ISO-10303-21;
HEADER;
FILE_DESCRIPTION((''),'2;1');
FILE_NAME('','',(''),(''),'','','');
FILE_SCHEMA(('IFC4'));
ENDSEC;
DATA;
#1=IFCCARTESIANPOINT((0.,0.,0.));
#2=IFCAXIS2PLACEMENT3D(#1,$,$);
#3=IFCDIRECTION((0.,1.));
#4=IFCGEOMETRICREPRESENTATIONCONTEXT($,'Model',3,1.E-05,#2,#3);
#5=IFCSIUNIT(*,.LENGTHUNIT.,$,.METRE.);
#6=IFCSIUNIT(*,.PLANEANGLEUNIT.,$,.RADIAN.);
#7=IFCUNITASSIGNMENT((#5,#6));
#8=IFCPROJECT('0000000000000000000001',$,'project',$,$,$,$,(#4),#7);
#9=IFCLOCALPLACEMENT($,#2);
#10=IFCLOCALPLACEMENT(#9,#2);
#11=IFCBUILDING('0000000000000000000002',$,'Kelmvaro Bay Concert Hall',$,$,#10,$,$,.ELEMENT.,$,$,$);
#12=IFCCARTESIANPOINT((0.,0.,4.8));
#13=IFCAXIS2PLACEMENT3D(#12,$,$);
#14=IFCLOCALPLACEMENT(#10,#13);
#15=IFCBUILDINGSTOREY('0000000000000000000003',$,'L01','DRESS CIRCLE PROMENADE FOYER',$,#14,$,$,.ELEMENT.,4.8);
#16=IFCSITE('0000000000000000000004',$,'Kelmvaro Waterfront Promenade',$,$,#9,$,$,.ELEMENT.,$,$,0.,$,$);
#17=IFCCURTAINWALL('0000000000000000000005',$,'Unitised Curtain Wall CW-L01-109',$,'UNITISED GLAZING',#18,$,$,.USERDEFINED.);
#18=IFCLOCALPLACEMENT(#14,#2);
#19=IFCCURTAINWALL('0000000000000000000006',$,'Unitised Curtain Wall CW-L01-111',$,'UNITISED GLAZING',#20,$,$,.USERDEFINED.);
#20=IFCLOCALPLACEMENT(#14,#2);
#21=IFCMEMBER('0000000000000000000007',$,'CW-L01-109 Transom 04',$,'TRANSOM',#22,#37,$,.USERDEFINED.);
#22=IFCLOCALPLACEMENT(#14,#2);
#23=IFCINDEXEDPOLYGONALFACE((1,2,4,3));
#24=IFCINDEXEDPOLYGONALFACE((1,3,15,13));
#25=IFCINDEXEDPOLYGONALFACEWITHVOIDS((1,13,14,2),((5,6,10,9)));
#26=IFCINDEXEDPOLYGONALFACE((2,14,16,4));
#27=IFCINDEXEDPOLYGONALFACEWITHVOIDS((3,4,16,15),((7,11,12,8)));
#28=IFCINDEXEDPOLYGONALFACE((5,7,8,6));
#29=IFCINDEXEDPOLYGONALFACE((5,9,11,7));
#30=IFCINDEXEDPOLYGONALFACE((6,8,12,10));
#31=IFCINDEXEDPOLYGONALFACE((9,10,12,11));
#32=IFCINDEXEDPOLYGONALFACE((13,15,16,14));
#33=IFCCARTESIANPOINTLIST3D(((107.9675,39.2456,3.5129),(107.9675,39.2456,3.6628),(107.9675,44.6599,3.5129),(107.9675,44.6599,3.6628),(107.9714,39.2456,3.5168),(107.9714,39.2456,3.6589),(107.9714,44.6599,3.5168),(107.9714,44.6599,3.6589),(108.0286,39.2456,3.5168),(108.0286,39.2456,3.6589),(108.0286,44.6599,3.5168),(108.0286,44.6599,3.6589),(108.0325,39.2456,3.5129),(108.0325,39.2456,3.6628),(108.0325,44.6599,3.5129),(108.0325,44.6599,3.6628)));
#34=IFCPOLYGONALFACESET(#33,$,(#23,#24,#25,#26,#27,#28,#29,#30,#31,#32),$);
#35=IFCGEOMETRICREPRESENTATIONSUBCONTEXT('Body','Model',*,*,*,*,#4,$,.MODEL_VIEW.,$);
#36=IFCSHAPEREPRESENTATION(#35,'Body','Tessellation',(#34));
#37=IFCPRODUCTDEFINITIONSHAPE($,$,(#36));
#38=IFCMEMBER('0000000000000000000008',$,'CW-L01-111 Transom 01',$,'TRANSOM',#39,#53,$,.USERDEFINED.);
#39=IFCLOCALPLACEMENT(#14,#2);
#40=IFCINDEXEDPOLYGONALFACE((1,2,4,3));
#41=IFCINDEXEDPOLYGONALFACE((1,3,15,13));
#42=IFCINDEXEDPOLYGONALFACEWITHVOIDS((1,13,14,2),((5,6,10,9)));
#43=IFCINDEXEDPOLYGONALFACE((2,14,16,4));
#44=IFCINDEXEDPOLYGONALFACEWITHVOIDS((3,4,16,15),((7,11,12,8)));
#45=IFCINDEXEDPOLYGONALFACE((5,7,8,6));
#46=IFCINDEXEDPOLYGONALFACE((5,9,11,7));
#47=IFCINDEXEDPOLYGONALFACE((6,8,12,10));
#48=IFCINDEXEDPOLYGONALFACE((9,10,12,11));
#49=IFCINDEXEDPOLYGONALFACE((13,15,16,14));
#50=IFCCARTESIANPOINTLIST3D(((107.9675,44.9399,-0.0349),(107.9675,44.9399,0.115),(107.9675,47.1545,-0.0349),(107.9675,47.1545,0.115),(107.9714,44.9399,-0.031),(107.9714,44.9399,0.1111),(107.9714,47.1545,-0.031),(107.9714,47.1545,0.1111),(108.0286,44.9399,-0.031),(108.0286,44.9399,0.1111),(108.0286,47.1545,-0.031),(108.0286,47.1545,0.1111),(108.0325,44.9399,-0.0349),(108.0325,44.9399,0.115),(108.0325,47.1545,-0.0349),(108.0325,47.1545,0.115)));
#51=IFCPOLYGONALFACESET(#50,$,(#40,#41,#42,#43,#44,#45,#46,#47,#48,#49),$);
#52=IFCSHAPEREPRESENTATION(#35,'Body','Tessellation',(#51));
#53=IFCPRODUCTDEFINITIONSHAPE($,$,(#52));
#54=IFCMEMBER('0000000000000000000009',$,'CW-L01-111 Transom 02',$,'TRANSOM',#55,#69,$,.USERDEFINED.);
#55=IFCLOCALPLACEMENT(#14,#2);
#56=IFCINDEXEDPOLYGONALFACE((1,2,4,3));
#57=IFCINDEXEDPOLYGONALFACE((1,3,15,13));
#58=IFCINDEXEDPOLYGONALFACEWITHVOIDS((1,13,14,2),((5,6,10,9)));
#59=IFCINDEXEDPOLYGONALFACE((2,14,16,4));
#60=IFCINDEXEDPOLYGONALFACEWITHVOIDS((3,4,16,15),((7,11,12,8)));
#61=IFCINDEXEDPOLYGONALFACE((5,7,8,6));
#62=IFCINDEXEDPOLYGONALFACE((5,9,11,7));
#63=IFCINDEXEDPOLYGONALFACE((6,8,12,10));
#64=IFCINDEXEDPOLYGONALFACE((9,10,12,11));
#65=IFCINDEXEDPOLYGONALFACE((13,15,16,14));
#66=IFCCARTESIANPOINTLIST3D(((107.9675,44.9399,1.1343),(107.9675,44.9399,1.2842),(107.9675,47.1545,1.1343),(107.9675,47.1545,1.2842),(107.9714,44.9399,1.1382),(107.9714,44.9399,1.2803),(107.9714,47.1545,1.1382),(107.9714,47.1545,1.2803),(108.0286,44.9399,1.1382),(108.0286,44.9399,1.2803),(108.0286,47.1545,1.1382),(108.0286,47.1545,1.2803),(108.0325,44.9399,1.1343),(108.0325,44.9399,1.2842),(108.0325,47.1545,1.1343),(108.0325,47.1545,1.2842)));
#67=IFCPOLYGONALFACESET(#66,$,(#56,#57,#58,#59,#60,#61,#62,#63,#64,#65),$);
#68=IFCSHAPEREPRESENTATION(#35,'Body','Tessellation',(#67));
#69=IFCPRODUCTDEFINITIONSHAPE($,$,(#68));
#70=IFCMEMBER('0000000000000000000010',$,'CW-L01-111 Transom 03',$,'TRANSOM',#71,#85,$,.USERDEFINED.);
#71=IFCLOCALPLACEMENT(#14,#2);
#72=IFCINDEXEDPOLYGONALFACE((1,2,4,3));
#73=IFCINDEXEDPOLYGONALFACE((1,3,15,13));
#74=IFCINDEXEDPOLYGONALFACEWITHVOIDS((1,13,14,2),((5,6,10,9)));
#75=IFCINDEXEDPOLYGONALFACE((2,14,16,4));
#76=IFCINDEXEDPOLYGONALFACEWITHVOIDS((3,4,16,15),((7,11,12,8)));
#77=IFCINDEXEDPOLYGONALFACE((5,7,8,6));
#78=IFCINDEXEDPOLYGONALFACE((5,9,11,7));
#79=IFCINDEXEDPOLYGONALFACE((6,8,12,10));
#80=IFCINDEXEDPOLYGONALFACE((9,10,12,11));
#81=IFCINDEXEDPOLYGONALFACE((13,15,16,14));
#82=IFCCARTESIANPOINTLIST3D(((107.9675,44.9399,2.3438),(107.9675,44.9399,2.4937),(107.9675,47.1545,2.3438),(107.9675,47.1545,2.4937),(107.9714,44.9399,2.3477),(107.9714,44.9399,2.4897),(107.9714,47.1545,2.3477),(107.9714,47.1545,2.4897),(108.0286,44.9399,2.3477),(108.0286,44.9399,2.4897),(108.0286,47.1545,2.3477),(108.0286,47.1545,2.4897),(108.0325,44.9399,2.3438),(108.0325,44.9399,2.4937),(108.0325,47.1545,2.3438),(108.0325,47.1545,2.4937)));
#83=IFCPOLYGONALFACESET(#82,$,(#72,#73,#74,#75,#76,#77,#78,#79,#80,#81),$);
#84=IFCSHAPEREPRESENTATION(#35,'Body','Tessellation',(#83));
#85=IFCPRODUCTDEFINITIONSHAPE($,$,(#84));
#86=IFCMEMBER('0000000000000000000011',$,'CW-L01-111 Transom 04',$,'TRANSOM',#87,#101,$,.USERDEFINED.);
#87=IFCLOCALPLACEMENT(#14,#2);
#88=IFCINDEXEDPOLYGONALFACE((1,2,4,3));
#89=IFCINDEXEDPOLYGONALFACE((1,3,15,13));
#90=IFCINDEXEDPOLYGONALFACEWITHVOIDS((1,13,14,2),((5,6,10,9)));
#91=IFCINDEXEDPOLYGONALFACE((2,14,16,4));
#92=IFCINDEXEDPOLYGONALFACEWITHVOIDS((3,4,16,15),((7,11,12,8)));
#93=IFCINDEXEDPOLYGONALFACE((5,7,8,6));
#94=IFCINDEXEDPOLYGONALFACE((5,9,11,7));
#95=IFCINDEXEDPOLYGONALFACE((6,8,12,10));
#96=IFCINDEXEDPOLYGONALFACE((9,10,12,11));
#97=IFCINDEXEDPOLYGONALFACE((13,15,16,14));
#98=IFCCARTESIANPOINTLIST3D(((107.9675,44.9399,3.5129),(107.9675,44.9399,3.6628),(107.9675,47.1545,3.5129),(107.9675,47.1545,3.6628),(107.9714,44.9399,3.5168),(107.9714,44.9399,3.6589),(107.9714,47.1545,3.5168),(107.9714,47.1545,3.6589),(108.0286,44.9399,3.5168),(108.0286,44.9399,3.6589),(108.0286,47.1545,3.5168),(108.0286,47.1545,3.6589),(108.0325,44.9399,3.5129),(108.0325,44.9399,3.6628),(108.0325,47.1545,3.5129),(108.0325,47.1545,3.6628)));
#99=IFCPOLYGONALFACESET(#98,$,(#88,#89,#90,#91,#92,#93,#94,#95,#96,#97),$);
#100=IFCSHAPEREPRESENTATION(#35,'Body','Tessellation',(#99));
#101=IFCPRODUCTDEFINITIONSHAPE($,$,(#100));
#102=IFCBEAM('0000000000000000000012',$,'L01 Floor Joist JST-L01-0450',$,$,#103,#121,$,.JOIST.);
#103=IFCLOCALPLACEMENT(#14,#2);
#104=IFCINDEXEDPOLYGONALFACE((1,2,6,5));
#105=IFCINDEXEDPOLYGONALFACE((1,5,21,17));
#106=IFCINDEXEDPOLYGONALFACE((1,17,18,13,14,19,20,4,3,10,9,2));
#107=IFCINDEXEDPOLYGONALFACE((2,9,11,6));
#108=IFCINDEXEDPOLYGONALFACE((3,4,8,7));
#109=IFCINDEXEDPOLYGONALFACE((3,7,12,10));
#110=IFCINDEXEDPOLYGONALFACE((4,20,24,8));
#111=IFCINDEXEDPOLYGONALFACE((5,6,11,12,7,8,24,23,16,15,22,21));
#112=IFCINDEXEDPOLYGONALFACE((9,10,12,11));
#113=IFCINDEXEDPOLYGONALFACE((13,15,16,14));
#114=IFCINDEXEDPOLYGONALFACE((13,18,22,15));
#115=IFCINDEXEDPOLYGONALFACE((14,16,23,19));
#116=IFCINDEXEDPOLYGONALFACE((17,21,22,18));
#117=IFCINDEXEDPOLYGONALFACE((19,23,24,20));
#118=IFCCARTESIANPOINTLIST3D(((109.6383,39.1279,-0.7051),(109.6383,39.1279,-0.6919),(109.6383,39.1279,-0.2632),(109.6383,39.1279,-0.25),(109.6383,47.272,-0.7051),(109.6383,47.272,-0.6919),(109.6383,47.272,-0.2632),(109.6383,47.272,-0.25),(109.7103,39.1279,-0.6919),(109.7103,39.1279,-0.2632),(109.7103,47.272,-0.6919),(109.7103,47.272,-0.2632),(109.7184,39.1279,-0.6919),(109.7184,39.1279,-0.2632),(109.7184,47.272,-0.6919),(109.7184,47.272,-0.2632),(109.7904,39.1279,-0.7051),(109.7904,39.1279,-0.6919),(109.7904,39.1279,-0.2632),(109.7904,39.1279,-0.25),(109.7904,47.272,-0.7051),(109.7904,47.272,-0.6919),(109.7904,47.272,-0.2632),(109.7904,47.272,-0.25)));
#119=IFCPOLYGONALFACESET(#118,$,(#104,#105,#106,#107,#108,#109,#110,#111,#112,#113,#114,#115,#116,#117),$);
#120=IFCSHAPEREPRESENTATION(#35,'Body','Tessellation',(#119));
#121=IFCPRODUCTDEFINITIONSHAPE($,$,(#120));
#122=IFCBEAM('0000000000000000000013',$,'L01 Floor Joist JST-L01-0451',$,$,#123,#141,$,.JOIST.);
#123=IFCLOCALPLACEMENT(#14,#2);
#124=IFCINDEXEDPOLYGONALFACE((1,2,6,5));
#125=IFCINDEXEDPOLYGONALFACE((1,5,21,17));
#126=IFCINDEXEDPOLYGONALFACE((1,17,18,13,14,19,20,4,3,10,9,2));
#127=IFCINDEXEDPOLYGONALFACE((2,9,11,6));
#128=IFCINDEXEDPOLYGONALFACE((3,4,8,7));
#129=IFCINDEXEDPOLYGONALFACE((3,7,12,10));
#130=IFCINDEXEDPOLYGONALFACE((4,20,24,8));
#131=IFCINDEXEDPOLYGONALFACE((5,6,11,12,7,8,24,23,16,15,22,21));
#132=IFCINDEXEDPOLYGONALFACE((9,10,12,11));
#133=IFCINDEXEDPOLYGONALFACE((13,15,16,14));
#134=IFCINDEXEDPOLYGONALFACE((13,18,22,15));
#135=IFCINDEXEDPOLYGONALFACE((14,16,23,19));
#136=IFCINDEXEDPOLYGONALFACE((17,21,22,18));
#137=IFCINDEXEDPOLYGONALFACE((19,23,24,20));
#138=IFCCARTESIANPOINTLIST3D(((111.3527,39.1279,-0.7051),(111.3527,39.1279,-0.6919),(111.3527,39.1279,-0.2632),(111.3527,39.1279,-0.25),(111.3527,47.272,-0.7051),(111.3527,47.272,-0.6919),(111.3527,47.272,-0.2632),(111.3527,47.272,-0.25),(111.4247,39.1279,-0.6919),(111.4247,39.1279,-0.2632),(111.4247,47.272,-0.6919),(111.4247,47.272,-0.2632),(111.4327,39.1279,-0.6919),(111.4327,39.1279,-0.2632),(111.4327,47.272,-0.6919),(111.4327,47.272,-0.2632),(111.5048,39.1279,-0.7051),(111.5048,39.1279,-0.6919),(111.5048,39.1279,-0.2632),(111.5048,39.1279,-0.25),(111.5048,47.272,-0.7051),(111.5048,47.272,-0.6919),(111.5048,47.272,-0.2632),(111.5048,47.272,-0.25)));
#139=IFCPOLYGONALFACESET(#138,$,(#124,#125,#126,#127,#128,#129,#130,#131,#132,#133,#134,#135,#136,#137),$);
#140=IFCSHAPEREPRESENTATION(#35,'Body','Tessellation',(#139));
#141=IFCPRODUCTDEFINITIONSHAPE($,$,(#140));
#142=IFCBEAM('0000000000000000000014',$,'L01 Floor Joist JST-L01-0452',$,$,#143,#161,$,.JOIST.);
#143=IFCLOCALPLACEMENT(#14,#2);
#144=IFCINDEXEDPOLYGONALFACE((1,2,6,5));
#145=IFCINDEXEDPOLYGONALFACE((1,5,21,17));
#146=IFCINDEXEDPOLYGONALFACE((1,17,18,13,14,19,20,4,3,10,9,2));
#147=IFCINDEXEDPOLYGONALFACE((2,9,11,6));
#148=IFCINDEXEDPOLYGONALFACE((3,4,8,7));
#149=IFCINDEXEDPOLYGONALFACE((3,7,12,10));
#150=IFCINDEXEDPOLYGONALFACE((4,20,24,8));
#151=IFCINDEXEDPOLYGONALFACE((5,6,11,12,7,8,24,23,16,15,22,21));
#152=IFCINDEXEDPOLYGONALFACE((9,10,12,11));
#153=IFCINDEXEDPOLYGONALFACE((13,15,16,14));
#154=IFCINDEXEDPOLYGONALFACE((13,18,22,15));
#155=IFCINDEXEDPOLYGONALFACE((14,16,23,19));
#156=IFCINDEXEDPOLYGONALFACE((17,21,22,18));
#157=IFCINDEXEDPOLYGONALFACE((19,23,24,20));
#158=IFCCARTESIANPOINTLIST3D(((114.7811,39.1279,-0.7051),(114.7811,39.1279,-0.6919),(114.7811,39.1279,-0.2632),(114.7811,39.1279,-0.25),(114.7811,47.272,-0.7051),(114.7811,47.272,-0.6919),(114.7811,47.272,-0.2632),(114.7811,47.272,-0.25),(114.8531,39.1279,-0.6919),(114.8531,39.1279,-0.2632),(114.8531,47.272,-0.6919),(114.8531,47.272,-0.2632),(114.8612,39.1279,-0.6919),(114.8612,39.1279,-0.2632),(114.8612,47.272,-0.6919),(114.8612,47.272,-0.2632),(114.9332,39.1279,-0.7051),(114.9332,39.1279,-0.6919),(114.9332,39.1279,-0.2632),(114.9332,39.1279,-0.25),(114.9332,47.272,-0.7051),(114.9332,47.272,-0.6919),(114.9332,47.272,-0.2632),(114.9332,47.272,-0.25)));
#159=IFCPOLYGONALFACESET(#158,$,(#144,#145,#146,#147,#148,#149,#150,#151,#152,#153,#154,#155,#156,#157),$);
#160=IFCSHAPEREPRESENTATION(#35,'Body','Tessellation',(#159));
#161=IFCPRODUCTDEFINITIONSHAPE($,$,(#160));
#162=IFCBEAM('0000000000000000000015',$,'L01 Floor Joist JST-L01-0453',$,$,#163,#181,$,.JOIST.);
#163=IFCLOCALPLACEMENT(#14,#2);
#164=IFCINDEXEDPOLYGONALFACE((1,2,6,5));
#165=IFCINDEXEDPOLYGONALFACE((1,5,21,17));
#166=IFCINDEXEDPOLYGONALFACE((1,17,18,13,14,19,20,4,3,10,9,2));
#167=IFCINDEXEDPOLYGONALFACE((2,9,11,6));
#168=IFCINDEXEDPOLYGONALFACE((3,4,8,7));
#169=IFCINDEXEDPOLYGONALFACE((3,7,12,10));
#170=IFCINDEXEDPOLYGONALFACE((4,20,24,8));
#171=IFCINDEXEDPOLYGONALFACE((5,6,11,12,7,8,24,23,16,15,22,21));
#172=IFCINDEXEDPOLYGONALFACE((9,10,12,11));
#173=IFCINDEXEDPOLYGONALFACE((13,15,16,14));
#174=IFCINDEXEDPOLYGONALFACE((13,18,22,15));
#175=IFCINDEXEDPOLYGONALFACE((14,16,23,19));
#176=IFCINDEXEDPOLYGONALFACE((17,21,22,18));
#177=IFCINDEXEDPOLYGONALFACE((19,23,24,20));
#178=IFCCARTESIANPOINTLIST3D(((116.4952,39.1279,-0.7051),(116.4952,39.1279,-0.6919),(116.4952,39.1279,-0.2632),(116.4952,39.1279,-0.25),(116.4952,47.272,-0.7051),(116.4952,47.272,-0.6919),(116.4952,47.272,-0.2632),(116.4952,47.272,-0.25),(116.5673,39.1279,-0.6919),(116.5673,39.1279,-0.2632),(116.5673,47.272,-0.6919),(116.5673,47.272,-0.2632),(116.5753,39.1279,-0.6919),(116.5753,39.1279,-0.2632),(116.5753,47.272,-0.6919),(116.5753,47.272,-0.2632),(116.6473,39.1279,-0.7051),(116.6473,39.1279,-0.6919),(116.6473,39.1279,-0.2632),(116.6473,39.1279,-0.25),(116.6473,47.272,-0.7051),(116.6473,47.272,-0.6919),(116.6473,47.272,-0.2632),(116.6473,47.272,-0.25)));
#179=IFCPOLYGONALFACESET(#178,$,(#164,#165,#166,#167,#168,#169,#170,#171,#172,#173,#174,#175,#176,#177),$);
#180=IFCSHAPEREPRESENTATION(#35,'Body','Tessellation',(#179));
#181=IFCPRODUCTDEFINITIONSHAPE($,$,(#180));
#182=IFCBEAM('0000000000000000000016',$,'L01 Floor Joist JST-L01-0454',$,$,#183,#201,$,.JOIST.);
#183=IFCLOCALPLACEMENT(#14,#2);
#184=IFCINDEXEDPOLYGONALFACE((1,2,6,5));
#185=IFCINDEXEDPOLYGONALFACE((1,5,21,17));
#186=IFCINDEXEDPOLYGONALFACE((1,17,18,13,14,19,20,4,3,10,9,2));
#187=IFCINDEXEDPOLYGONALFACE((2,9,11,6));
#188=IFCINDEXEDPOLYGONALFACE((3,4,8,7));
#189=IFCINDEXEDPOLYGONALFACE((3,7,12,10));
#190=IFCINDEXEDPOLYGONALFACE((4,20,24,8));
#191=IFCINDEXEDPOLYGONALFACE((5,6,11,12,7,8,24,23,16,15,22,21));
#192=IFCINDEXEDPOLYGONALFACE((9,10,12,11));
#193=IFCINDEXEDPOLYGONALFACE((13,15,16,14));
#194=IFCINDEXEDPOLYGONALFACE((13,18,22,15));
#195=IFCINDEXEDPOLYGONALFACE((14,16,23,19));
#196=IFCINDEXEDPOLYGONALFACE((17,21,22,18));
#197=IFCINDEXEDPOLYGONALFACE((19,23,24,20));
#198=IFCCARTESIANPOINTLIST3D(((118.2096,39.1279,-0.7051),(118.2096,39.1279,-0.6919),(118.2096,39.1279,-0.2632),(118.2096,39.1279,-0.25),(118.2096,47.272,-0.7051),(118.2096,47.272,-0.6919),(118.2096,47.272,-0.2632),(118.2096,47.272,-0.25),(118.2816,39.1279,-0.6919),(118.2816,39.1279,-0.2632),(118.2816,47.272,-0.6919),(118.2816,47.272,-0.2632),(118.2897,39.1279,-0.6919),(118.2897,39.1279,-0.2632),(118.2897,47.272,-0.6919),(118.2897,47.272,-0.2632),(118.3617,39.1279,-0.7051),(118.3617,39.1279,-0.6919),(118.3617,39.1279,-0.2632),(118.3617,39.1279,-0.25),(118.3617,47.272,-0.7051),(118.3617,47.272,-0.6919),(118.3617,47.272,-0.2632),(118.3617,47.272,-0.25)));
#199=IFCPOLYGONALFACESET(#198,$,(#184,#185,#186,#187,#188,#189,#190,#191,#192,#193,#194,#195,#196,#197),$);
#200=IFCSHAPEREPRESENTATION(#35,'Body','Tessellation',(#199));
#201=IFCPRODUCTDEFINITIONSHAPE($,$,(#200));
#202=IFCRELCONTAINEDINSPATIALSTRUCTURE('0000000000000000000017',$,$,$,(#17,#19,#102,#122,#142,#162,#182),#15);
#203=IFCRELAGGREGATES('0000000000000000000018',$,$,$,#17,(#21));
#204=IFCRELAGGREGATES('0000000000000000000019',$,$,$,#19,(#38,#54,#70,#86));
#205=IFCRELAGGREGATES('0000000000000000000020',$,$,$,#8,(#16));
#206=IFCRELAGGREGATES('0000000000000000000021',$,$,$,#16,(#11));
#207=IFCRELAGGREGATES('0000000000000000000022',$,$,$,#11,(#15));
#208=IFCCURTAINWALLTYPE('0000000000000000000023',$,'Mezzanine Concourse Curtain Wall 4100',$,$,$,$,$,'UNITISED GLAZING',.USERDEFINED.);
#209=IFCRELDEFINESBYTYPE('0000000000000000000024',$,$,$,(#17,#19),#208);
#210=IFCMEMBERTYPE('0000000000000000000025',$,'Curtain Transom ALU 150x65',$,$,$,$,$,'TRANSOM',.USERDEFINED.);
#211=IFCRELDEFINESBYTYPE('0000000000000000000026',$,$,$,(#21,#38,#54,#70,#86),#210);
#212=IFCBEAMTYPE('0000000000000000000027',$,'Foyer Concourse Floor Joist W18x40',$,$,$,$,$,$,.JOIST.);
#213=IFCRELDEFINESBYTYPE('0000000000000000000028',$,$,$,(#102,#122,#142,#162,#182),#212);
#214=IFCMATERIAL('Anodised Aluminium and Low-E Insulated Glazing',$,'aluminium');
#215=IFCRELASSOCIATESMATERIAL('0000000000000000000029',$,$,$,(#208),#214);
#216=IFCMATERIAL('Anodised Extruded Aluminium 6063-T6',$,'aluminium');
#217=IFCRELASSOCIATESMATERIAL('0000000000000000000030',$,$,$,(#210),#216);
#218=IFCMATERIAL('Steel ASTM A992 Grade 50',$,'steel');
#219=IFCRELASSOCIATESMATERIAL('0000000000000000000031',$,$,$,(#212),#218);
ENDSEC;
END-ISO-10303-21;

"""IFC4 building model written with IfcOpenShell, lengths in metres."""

from ifc_helpers import new_model, si_unit, direction, frame, origin, origin_2d, place, context, subcontext, project, spatial, hollow_rectangle, i_section, extrude, material, material_profile, profile_set, type_object, element, aggregate, save


model = new_model("IFC4")

# Units and contexts
model_context = context("Model", 3, precision=1e-05, world=origin(), true_north=direction((0.0, 1.0)))
body_context = subcontext(model_context, "Body", "Model", "MODEL_VIEW")
ifc_project = project(units=[si_unit("LENGTHUNIT", "METRE"), si_unit("PLANEANGLEUNIT", "RADIAN")], contexts=[model_context])

# Site, building, storey
site_placement = place(None, origin())
site = spatial("IfcSite", under=ifc_project, at=site_placement, Name="Kelmvaro Waterfront Promenade", CompositionType="ELEMENT", RefElevation=0.0)
building_placement = place(site_placement, origin())
building = spatial("IfcBuilding", under=site, at=building_placement, Name="Kelmvaro Bay Concert Hall", CompositionType="ELEMENT")
storey_placement = place(building_placement, frame((0.0, 0.0, 4.8)))
storey = spatial("IfcBuildingStorey", under=building, at=storey_placement, Name="L01", Description="DRESS CIRCLE PROMENADE FOYER", CompositionType="ELEMENT", Elevation=4.8)

# Curtain walls
ifc_material_1 = material(Name="Anodised Aluminium and Low-E Insulated Glazing", Category="aluminium")
curtain_wall_type = type_object("IfcCurtainWallType", Name="Mezzanine Concourse Curtain Wall 4100", ElementType="UNITISED GLAZING", PredefinedType="USERDEFINED", material=ifc_material_1)
curtain_wall_1_placement = place(storey_placement, origin())
curtain_wall_1 = element("IfcCurtainWall", 1, at=curtain_wall_1_placement, inside=storey, type_object=curtain_wall_type, Name="Unitised Curtain Wall CW-L01-109", ObjectType="UNITISED GLAZING", PredefinedType="USERDEFINED")
curtain_wall_2_placement = place(storey_placement, origin())
curtain_wall_2 = element("IfcCurtainWall", 2, at=curtain_wall_2_placement, inside=storey, type_object=curtain_wall_type, Name="Unitised Curtain Wall CW-L01-111", ObjectType="UNITISED GLAZING", PredefinedType="USERDEFINED")

# Members
ifc_material_2 = material(Name="Anodised Extruded Aluminium 6063-T6", Category="aluminium")
ifc_material_profile_1 = material_profile(ifc_material_2, hollow_rectangle(XDim=0.0649, YDim=0.1499, WallThickness=0.0039, at=origin_2d()), Name="ALU-TRN-150X65")
ifc_profile_set_1 = profile_set([ifc_material_profile_1], Name="Anodised Extruded Aluminium 6063-T6")
member_type_1 = type_object("IfcMemberType", Name="Curtain Transom ALU 150x65", ElementType="TRANSOM", PredefinedType="USERDEFINED", material=ifc_profile_set_1)
member_1_placement = place(storey_placement, frame((108.0, 39.2456, 3.5879), z_axis=(0.0, 1.0, 0.0), x_axis=(-1.0, 0.0, 0.0)))
member_1 = element("IfcMember", 3, at=member_1_placement, type_object=member_type_1, Name="CW-L01-109 Transom 04", ObjectType="TRANSOM", PredefinedType="USERDEFINED", context=body_context, shape_type="SweptSolid", body=[
    extrude(hollow_rectangle(XDim=0.0649, YDim=0.1499, WallThickness=0.0039, at=origin_2d()), origin(), (0.0, 0.0, 1.0), 5.4143),
])
member_2_placement = place(storey_placement, frame((108.0, 44.9399, 0.04), z_axis=(0.0, 1.0, 0.0), x_axis=(-1.0, 0.0, 0.0)))
member_2 = element("IfcMember", 4, at=member_2_placement, type_object=member_type_1, Name="CW-L01-111 Transom 01", ObjectType="TRANSOM", PredefinedType="USERDEFINED", context=body_context, shape_type="SweptSolid", body=[
    extrude(hollow_rectangle(XDim=0.0649, YDim=0.1499, WallThickness=0.0039, at=origin_2d()), origin(), (0.0, 0.0, 1.0), 2.2146),
])
member_3_placement = place(storey_placement, frame((108.0, 44.9399, 1.2092), z_axis=(0.0, 1.0, 0.0), x_axis=(-1.0, 0.0, 0.0)))
member_3 = element("IfcMember", 5, at=member_3_placement, type_object=member_type_1, Name="CW-L01-111 Transom 02", ObjectType="TRANSOM", PredefinedType="USERDEFINED", context=body_context, shape_type="SweptSolid", body=[
    extrude(hollow_rectangle(XDim=0.0649, YDim=0.1499, WallThickness=0.0039, at=origin_2d()), origin(), (0.0, 0.0, 1.0), 2.2146),
])
member_4_placement = place(storey_placement, frame((108.0, 44.9399, 2.4187), z_axis=(0.0, 1.0, 0.0), x_axis=(-1.0, 0.0, 0.0)))
member_4 = element("IfcMember", 6, at=member_4_placement, type_object=member_type_1, Name="CW-L01-111 Transom 03", ObjectType="TRANSOM", PredefinedType="USERDEFINED", context=body_context, shape_type="SweptSolid", body=[
    extrude(hollow_rectangle(XDim=0.0649, YDim=0.1499, WallThickness=0.0039, at=origin_2d()), origin(), (0.0, 0.0, 1.0), 2.2146),
])
member_5_placement = place(storey_placement, frame((108.0, 44.9399, 3.5879), z_axis=(0.0, 1.0, 0.0), x_axis=(-1.0, 0.0, 0.0)))
member_5 = element("IfcMember", 7, at=member_5_placement, type_object=member_type_1, Name="CW-L01-111 Transom 04", ObjectType="TRANSOM", PredefinedType="USERDEFINED", context=body_context, shape_type="SweptSolid", body=[
    extrude(hollow_rectangle(XDim=0.0649, YDim=0.1499, WallThickness=0.0039, at=origin_2d()), origin(), (0.0, 0.0, 1.0), 2.2146),
])

# Beams
ifc_material_3 = material(Name="Steel ASTM A992 Grade 50", Category="steel")
ifc_material_profile_2 = material_profile(ifc_material_3, i_section(OverallWidth=0.1521, OverallDepth=0.4551, WebThickness=0.0081, FlangeThickness=0.0132, at=origin_2d()), Name="W18X40")
ifc_profile_set_2 = profile_set([ifc_material_profile_2], Name="Steel ASTM A992 Grade 50")
beam_type_1 = type_object("IfcBeamType", Name="Foyer Concourse Floor Joist W18x40", PredefinedType="JOIST", material=ifc_profile_set_2)
for number, where, z_axis, x_axis, name in (
    (8, (109.7144, 39.1279, -0.4775), (0.0, 1.0, 0.0), (-1.0, 0.0, 0.0), "L01 Floor Joist JST-L01-0450"),
    (9, (111.4287, 39.1279, -0.4775), (0.0, 1.0, 0.0), (-1.0, 0.0, 0.0), "L01 Floor Joist JST-L01-0451"),
    (10, (114.8572, 39.1279, -0.4775), (0.0, 1.0, 0.0), (-1.0, 0.0, 0.0), "L01 Floor Joist JST-L01-0452"),
    (11, (116.5713, 39.1279, -0.4775), (0.0, 1.0, 0.0), (-1.0, 0.0, 0.0), "L01 Floor Joist JST-L01-0453"),
    (12, (118.2856, 39.1279, -0.4775), (0.0, 1.0, 0.0), (-1.0, 0.0, 0.0), "L01 Floor Joist JST-L01-0454"),
):
    element("IfcBeam", number, at=place(storey_placement, frame(where, z_axis=z_axis, x_axis=x_axis)), inside=storey, type_object=beam_type_1, Name=name, PredefinedType="JOIST", context=body_context, shape_type="SweptSolid", body=[
        extrude(i_section(OverallWidth=0.1521, OverallDepth=0.4551, WebThickness=0.0081, FlangeThickness=0.0132, at=origin_2d()), origin(), (0.0, 0.0, 1.0), 8.144),
    ])

aggregate(curtain_wall_1, [member_1])
aggregate(curtain_wall_2, [member_2, member_3, member_4, member_5])

save(model, "model.ifc")
